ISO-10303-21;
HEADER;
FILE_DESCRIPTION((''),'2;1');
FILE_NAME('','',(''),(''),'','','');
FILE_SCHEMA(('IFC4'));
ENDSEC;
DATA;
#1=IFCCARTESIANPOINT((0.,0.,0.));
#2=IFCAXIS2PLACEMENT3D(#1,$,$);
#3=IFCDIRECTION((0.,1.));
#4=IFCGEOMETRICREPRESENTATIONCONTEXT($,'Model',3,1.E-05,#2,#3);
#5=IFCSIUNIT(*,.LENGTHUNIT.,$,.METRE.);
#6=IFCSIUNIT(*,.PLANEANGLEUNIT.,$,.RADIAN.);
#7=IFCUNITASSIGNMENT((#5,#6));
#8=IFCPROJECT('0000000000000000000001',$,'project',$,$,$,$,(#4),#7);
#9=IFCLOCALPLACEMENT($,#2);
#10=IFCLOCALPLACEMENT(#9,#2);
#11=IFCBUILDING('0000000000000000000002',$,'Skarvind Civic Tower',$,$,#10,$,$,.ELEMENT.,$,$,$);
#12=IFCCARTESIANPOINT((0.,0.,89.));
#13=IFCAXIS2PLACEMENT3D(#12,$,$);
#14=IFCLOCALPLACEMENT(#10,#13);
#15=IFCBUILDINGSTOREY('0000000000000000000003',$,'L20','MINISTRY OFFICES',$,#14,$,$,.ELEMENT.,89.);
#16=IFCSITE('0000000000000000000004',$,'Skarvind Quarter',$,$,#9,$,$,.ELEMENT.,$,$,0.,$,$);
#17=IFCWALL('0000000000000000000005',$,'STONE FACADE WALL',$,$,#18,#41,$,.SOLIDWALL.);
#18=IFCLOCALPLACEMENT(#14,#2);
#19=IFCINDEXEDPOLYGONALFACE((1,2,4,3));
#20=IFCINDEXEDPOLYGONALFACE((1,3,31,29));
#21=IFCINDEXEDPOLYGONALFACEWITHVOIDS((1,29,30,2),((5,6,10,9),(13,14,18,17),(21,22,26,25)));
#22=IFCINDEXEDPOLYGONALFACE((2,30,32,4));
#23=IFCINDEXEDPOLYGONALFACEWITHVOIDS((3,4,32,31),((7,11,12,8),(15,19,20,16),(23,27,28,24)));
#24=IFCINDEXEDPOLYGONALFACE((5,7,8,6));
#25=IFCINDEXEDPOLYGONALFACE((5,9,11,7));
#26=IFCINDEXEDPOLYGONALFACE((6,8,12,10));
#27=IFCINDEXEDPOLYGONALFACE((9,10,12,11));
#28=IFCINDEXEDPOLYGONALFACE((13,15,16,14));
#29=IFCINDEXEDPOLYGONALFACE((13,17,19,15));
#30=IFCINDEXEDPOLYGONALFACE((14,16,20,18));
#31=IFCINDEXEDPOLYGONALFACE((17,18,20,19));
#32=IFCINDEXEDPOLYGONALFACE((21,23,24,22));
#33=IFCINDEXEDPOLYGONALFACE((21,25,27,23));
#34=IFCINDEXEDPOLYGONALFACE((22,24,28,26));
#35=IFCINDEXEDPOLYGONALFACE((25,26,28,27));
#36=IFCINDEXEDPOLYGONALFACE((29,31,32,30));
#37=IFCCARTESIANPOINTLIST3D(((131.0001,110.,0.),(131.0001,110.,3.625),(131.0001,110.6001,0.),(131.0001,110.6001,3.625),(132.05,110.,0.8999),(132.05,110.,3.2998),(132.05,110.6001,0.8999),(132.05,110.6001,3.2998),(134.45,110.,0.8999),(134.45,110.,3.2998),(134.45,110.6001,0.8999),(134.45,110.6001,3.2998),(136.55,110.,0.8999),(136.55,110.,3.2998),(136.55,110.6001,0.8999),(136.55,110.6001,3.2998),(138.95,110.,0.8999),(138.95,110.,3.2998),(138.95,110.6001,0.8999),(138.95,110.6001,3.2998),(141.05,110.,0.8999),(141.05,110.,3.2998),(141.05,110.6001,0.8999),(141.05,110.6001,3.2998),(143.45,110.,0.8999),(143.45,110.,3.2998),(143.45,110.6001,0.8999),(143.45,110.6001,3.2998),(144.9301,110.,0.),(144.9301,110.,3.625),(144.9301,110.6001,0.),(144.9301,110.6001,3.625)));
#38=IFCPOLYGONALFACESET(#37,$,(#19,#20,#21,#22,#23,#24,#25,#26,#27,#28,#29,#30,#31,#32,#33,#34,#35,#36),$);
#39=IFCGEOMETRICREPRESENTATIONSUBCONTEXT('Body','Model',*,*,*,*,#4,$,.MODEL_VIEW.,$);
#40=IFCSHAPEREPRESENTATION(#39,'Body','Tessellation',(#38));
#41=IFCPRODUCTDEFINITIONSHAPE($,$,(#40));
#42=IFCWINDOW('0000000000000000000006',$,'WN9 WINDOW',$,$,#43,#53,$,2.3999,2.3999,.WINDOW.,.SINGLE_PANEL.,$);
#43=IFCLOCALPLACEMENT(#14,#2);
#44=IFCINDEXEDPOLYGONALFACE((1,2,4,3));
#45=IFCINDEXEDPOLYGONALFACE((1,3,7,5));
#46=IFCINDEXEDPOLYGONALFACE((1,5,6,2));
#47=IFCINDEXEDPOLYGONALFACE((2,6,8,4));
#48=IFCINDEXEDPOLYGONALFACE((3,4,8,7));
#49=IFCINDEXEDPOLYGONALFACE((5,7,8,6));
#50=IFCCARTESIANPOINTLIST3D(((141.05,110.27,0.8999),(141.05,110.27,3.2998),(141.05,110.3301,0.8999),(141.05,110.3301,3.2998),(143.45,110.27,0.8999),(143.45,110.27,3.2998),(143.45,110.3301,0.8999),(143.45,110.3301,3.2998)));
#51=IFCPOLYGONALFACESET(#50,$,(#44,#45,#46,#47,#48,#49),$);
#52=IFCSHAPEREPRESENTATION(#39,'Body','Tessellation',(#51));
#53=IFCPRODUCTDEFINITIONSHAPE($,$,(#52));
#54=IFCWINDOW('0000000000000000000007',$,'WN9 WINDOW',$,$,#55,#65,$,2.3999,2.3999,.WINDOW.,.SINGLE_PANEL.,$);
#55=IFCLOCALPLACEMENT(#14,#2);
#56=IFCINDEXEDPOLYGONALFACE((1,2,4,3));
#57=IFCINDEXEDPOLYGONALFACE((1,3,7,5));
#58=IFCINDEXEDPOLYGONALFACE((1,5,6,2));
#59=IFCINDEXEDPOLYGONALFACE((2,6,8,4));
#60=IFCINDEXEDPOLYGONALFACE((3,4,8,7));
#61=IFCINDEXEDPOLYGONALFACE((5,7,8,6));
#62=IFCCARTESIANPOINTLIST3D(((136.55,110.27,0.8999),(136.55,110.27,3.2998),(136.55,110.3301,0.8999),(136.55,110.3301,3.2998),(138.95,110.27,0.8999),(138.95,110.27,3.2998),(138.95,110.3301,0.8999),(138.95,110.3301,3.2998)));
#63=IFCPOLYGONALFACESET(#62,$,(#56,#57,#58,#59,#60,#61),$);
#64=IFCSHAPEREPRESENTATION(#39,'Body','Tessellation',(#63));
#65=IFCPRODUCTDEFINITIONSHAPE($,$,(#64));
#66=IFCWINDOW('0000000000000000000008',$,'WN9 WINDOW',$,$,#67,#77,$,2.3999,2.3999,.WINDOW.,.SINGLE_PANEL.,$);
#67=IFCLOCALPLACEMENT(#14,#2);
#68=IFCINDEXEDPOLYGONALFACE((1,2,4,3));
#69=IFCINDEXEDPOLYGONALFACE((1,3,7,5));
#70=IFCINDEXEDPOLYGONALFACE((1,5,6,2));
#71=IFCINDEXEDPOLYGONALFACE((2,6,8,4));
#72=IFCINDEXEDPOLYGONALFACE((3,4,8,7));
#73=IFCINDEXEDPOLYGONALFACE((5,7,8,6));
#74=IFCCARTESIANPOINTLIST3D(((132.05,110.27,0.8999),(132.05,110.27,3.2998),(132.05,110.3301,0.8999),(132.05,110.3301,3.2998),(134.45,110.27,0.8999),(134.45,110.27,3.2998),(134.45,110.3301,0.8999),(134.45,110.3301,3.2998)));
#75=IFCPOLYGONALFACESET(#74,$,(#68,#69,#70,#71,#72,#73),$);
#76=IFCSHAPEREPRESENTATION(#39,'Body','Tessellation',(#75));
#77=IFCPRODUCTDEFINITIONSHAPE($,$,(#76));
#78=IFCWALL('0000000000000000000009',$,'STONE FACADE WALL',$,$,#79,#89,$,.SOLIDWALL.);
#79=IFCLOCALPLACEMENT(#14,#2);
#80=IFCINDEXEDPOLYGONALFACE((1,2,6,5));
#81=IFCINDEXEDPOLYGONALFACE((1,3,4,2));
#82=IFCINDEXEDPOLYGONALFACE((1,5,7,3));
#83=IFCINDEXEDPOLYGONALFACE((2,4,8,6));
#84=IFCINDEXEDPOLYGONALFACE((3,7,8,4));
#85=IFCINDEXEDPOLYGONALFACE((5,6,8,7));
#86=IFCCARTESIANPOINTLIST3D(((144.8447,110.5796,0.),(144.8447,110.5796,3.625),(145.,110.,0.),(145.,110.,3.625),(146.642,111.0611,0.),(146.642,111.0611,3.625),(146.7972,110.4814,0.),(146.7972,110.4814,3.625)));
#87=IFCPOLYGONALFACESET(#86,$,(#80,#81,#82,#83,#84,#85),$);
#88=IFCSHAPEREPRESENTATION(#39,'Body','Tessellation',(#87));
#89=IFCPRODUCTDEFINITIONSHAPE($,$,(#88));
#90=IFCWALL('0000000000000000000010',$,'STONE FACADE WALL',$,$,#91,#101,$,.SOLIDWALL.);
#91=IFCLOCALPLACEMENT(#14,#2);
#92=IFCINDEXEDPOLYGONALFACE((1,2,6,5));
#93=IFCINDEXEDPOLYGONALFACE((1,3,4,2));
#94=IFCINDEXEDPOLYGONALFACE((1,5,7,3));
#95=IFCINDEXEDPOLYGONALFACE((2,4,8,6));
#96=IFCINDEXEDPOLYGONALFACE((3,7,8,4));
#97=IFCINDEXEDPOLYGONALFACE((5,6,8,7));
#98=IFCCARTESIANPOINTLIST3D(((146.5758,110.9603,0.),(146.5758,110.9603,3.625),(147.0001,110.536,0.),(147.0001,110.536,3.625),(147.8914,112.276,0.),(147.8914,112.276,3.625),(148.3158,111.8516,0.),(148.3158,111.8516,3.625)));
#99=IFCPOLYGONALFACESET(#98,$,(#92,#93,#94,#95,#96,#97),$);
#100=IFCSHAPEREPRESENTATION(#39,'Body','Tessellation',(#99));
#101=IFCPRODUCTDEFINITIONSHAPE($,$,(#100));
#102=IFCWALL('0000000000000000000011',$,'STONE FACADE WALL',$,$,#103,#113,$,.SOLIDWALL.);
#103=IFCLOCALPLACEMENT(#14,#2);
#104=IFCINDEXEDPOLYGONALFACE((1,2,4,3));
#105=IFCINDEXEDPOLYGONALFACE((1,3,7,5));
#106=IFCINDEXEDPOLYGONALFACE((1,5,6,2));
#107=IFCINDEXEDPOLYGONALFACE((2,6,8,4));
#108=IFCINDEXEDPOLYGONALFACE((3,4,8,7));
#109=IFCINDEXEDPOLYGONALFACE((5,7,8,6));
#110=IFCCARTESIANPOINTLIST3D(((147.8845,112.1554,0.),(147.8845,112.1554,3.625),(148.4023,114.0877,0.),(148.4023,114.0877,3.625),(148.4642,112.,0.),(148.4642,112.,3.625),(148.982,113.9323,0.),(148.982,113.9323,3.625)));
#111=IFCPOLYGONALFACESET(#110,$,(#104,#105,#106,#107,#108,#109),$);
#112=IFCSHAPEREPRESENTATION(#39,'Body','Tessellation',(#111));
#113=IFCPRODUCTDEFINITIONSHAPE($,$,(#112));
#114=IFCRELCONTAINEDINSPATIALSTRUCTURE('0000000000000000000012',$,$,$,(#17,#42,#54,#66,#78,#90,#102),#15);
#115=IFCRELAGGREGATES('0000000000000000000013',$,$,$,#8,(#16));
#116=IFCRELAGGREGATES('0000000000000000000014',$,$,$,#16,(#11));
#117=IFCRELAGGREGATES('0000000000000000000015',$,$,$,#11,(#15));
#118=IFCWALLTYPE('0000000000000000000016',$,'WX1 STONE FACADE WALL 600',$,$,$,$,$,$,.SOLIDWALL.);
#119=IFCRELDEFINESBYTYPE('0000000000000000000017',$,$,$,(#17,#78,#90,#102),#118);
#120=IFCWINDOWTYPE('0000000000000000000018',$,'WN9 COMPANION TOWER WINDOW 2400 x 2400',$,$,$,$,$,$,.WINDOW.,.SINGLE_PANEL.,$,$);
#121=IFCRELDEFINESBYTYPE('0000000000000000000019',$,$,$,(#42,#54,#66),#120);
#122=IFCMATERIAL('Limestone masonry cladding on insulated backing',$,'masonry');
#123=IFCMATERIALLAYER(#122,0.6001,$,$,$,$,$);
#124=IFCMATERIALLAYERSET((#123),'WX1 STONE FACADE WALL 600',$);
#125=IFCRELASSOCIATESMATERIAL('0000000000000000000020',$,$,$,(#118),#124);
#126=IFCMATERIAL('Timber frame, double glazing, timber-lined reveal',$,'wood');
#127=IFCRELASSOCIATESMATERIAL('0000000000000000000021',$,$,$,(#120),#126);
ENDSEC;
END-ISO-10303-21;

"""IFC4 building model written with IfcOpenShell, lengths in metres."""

from ifc_helpers import new_model, si_unit, direction, frame, frame_2d, origin, place, context, subcontext, project, spatial, rectangle, extrude, material, layer, layer_set, type_object, element, fill, save


model = new_model("IFC4")

# Units and contexts
model_context = context("Model", 3, precision=1e-05, world=origin(), true_north=direction((0.0, 1.0)))
body_context = subcontext(model_context, "Body", "Model", "MODEL_VIEW")
ifc_project = project(units=[si_unit("LENGTHUNIT", "METRE"), si_unit("PLANEANGLEUNIT", "RADIAN")], contexts=[model_context])

# Site, building, storey
site_placement = place(None, origin())
site = spatial("IfcSite", under=ifc_project, at=site_placement, Name="Skarvind Quarter", CompositionType="ELEMENT", RefElevation=0.0)
building_placement = place(site_placement, origin())
building = spatial("IfcBuilding", under=site, at=building_placement, Name="Skarvind Civic Tower", CompositionType="ELEMENT")
storey_placement = place(building_placement, frame((0.0, 0.0, 89.0)))
storey = spatial("IfcBuildingStorey", under=building, at=storey_placement, Name="L20", Description="MINISTRY OFFICES", CompositionType="ELEMENT", Elevation=89.0)

# Wall, openings, windows
ifc_material_1 = material(Name="Limestone masonry cladding on insulated backing", Category="masonry")
ifc_layer_1 = layer(ifc_material_1, 0.6001)
ifc_layer_set_1 = layer_set([ifc_layer_1], Name="WX1 STONE FACADE WALL 600")
wall_type_1 = type_object("IfcWallType", Name="WX1 STONE FACADE WALL 600", PredefinedType="SOLIDWALL", material=ifc_layer_set_1)
wall_1_placement = place(storey_placement, frame((144.9299, 110.3, 0.0), z_axis=(0.0, 0.0, 1.0), x_axis=(-1.0, 0.0, 0.0)))
wall_1 = element("IfcWall", 1, at=wall_1_placement, inside=storey, type_object=wall_type_1, Name="STONE FACADE WALL", PredefinedType="SOLIDWALL", context=body_context, shape_type="SweptSolid", body=[
    extrude(rectangle(XDim=13.9299, YDim=0.6001, at=frame_2d((6.9648, 0.0))), origin(), (0.0, 0.0, 1.0), 3.625),
])
opening_1_placement = place(wall_1_placement, frame((1.48, 0.0, 0.8999)))
opening_1 = element("IfcOpeningElement", 2, at=opening_1_placement, cuts=wall_1, PredefinedType="OPENING", context=body_context, shape_type="SweptSolid", body=[
    extrude(rectangle(XDim=2.3999, YDim=2.3999, at=frame_2d((1.2, 1.2))), frame((0.0, 0.3101, 0.0), z_axis=(0.0, -1.0, 0.0), x_axis=(1.0, 0.0, 0.0)), (0.0, 0.0, 1.0), 0.6201),
])
opening_2_placement = place(wall_1_placement, frame((5.98, 0.0, 0.8999)))
opening_2 = element("IfcOpeningElement", 3, at=opening_2_placement, cuts=wall_1, PredefinedType="OPENING", context=body_context, shape_type="SweptSolid", body=[
    extrude(rectangle(XDim=2.3999, YDim=2.3999, at=frame_2d((1.2, 1.2))), frame((0.0, 0.3101, 0.0), z_axis=(0.0, -1.0, 0.0), x_axis=(1.0, 0.0, 0.0)), (0.0, 0.0, 1.0), 0.6201),
])
opening_3_placement = place(wall_1_placement, frame((10.48, 0.0, 0.8999)))
opening_3 = element("IfcOpeningElement", 4, at=opening_3_placement, cuts=wall_1, PredefinedType="OPENING", context=body_context, shape_type="SweptSolid", body=[
    extrude(rectangle(XDim=2.3999, YDim=2.3999, at=frame_2d((1.2, 1.2))), frame((0.0, 0.3101, 0.0), z_axis=(0.0, -1.0, 0.0), x_axis=(1.0, 0.0, 0.0)), (0.0, 0.0, 1.0), 0.6201),
])
ifc_material_2 = material(Name="Timber frame, double glazing, timber-lined reveal", Category="wood")
window_type = type_object("IfcWindowType", Name="WN9 COMPANION TOWER WINDOW 2400 x 2400", PartitioningType="SINGLE_PANEL", PredefinedType="WINDOW", material=ifc_material_2)
window_1_placement = place(opening_1_placement, origin())
window_1 = element("IfcWindow", 5, at=window_1_placement, inside=storey, type_object=window_type, Name="WN9 WINDOW", OverallHeight=2.3999, OverallWidth=2.3999, PartitioningType="SINGLE_PANEL", PredefinedType="WINDOW", context=body_context, shape_type="SweptSolid", body=[
    extrude(rectangle(XDim=2.3999, YDim=2.3999, at=frame_2d((1.2, 1.2))), frame((0.0, 0.03, 0.0), z_axis=(0.0, -1.0, 0.0), x_axis=(1.0, 0.0, 0.0)), (0.0, 0.0, 1.0), 0.0601),
])
fill(opening_1, window_1)
window_2_placement = place(opening_2_placement, origin())
window_2 = element("IfcWindow", 6, at=window_2_placement, inside=storey, type_object=window_type, Name="WN9 WINDOW", OverallHeight=2.3999, OverallWidth=2.3999, PartitioningType="SINGLE_PANEL", PredefinedType="WINDOW", context=body_context, shape_type="SweptSolid", body=[
    extrude(rectangle(XDim=2.3999, YDim=2.3999, at=frame_2d((1.2, 1.2))), frame((0.0, 0.03, 0.0), z_axis=(0.0, -1.0, 0.0), x_axis=(1.0, 0.0, 0.0)), (0.0, 0.0, 1.0), 0.0601),
])
fill(opening_2, window_2)
window_3_placement = place(opening_3_placement, origin())
window_3 = element("IfcWindow", 7, at=window_3_placement, inside=storey, type_object=window_type, Name="WN9 WINDOW", OverallHeight=2.3999, OverallWidth=2.3999, PartitioningType="SINGLE_PANEL", PredefinedType="WINDOW", context=body_context, shape_type="SweptSolid", body=[
    extrude(rectangle(XDim=2.3999, YDim=2.3999, at=frame_2d((1.2, 1.2))), frame((0.0, 0.03, 0.0), z_axis=(0.0, -1.0, 0.0), x_axis=(1.0, 0.0, 0.0)), (0.0, 0.0, 1.0), 0.0601),
])
fill(opening_3, window_3)

# Walls
for number, where, z_axis, x_axis, name in (
    (8, (146.7195, 110.7712, 0.0), (0.0, 0.0, 1.0), (-0.965938, -0.258773, 0.0), "STONE FACADE WALL"),
    (9, (148.1035, 112.0637, 0.0), (0.0, 0.0, 1.0), (-0.707107, -0.707107, 0.0), "STONE FACADE WALL"),
):
    element("IfcWall", number, at=place(storey_placement, frame(where, z_axis=z_axis, x_axis=x_axis)), inside=storey, type_object=wall_type_1, Name=name, PredefinedType="SOLIDWALL", context=body_context, shape_type="SweptSolid", body=[
        extrude(rectangle(XDim=1.8606, YDim=0.6001, at=frame_2d((0.9302, 0.0))), origin(), (0.0, 0.0, 1.0), 3.625),
    ])
wall_2_placement = place(storey_placement, frame((148.6921, 114.01, 0.0), z_axis=(0.0, 0.0, 1.0), x_axis=(-0.25884, -0.96592, 0.0)))
element("IfcWall", 10, at=wall_2_placement, inside=storey, type_object=wall_type_1, Name="STONE FACADE WALL", PredefinedType="SOLIDWALL", context=body_context, shape_type="SweptSolid", body=[
    extrude(rectangle(XDim=2.0005, YDim=0.6001, at=frame_2d((1.0002, 0.0))), origin(), (0.0, 0.0, 1.0), 3.625),
])

save(model, "model.ifc")
